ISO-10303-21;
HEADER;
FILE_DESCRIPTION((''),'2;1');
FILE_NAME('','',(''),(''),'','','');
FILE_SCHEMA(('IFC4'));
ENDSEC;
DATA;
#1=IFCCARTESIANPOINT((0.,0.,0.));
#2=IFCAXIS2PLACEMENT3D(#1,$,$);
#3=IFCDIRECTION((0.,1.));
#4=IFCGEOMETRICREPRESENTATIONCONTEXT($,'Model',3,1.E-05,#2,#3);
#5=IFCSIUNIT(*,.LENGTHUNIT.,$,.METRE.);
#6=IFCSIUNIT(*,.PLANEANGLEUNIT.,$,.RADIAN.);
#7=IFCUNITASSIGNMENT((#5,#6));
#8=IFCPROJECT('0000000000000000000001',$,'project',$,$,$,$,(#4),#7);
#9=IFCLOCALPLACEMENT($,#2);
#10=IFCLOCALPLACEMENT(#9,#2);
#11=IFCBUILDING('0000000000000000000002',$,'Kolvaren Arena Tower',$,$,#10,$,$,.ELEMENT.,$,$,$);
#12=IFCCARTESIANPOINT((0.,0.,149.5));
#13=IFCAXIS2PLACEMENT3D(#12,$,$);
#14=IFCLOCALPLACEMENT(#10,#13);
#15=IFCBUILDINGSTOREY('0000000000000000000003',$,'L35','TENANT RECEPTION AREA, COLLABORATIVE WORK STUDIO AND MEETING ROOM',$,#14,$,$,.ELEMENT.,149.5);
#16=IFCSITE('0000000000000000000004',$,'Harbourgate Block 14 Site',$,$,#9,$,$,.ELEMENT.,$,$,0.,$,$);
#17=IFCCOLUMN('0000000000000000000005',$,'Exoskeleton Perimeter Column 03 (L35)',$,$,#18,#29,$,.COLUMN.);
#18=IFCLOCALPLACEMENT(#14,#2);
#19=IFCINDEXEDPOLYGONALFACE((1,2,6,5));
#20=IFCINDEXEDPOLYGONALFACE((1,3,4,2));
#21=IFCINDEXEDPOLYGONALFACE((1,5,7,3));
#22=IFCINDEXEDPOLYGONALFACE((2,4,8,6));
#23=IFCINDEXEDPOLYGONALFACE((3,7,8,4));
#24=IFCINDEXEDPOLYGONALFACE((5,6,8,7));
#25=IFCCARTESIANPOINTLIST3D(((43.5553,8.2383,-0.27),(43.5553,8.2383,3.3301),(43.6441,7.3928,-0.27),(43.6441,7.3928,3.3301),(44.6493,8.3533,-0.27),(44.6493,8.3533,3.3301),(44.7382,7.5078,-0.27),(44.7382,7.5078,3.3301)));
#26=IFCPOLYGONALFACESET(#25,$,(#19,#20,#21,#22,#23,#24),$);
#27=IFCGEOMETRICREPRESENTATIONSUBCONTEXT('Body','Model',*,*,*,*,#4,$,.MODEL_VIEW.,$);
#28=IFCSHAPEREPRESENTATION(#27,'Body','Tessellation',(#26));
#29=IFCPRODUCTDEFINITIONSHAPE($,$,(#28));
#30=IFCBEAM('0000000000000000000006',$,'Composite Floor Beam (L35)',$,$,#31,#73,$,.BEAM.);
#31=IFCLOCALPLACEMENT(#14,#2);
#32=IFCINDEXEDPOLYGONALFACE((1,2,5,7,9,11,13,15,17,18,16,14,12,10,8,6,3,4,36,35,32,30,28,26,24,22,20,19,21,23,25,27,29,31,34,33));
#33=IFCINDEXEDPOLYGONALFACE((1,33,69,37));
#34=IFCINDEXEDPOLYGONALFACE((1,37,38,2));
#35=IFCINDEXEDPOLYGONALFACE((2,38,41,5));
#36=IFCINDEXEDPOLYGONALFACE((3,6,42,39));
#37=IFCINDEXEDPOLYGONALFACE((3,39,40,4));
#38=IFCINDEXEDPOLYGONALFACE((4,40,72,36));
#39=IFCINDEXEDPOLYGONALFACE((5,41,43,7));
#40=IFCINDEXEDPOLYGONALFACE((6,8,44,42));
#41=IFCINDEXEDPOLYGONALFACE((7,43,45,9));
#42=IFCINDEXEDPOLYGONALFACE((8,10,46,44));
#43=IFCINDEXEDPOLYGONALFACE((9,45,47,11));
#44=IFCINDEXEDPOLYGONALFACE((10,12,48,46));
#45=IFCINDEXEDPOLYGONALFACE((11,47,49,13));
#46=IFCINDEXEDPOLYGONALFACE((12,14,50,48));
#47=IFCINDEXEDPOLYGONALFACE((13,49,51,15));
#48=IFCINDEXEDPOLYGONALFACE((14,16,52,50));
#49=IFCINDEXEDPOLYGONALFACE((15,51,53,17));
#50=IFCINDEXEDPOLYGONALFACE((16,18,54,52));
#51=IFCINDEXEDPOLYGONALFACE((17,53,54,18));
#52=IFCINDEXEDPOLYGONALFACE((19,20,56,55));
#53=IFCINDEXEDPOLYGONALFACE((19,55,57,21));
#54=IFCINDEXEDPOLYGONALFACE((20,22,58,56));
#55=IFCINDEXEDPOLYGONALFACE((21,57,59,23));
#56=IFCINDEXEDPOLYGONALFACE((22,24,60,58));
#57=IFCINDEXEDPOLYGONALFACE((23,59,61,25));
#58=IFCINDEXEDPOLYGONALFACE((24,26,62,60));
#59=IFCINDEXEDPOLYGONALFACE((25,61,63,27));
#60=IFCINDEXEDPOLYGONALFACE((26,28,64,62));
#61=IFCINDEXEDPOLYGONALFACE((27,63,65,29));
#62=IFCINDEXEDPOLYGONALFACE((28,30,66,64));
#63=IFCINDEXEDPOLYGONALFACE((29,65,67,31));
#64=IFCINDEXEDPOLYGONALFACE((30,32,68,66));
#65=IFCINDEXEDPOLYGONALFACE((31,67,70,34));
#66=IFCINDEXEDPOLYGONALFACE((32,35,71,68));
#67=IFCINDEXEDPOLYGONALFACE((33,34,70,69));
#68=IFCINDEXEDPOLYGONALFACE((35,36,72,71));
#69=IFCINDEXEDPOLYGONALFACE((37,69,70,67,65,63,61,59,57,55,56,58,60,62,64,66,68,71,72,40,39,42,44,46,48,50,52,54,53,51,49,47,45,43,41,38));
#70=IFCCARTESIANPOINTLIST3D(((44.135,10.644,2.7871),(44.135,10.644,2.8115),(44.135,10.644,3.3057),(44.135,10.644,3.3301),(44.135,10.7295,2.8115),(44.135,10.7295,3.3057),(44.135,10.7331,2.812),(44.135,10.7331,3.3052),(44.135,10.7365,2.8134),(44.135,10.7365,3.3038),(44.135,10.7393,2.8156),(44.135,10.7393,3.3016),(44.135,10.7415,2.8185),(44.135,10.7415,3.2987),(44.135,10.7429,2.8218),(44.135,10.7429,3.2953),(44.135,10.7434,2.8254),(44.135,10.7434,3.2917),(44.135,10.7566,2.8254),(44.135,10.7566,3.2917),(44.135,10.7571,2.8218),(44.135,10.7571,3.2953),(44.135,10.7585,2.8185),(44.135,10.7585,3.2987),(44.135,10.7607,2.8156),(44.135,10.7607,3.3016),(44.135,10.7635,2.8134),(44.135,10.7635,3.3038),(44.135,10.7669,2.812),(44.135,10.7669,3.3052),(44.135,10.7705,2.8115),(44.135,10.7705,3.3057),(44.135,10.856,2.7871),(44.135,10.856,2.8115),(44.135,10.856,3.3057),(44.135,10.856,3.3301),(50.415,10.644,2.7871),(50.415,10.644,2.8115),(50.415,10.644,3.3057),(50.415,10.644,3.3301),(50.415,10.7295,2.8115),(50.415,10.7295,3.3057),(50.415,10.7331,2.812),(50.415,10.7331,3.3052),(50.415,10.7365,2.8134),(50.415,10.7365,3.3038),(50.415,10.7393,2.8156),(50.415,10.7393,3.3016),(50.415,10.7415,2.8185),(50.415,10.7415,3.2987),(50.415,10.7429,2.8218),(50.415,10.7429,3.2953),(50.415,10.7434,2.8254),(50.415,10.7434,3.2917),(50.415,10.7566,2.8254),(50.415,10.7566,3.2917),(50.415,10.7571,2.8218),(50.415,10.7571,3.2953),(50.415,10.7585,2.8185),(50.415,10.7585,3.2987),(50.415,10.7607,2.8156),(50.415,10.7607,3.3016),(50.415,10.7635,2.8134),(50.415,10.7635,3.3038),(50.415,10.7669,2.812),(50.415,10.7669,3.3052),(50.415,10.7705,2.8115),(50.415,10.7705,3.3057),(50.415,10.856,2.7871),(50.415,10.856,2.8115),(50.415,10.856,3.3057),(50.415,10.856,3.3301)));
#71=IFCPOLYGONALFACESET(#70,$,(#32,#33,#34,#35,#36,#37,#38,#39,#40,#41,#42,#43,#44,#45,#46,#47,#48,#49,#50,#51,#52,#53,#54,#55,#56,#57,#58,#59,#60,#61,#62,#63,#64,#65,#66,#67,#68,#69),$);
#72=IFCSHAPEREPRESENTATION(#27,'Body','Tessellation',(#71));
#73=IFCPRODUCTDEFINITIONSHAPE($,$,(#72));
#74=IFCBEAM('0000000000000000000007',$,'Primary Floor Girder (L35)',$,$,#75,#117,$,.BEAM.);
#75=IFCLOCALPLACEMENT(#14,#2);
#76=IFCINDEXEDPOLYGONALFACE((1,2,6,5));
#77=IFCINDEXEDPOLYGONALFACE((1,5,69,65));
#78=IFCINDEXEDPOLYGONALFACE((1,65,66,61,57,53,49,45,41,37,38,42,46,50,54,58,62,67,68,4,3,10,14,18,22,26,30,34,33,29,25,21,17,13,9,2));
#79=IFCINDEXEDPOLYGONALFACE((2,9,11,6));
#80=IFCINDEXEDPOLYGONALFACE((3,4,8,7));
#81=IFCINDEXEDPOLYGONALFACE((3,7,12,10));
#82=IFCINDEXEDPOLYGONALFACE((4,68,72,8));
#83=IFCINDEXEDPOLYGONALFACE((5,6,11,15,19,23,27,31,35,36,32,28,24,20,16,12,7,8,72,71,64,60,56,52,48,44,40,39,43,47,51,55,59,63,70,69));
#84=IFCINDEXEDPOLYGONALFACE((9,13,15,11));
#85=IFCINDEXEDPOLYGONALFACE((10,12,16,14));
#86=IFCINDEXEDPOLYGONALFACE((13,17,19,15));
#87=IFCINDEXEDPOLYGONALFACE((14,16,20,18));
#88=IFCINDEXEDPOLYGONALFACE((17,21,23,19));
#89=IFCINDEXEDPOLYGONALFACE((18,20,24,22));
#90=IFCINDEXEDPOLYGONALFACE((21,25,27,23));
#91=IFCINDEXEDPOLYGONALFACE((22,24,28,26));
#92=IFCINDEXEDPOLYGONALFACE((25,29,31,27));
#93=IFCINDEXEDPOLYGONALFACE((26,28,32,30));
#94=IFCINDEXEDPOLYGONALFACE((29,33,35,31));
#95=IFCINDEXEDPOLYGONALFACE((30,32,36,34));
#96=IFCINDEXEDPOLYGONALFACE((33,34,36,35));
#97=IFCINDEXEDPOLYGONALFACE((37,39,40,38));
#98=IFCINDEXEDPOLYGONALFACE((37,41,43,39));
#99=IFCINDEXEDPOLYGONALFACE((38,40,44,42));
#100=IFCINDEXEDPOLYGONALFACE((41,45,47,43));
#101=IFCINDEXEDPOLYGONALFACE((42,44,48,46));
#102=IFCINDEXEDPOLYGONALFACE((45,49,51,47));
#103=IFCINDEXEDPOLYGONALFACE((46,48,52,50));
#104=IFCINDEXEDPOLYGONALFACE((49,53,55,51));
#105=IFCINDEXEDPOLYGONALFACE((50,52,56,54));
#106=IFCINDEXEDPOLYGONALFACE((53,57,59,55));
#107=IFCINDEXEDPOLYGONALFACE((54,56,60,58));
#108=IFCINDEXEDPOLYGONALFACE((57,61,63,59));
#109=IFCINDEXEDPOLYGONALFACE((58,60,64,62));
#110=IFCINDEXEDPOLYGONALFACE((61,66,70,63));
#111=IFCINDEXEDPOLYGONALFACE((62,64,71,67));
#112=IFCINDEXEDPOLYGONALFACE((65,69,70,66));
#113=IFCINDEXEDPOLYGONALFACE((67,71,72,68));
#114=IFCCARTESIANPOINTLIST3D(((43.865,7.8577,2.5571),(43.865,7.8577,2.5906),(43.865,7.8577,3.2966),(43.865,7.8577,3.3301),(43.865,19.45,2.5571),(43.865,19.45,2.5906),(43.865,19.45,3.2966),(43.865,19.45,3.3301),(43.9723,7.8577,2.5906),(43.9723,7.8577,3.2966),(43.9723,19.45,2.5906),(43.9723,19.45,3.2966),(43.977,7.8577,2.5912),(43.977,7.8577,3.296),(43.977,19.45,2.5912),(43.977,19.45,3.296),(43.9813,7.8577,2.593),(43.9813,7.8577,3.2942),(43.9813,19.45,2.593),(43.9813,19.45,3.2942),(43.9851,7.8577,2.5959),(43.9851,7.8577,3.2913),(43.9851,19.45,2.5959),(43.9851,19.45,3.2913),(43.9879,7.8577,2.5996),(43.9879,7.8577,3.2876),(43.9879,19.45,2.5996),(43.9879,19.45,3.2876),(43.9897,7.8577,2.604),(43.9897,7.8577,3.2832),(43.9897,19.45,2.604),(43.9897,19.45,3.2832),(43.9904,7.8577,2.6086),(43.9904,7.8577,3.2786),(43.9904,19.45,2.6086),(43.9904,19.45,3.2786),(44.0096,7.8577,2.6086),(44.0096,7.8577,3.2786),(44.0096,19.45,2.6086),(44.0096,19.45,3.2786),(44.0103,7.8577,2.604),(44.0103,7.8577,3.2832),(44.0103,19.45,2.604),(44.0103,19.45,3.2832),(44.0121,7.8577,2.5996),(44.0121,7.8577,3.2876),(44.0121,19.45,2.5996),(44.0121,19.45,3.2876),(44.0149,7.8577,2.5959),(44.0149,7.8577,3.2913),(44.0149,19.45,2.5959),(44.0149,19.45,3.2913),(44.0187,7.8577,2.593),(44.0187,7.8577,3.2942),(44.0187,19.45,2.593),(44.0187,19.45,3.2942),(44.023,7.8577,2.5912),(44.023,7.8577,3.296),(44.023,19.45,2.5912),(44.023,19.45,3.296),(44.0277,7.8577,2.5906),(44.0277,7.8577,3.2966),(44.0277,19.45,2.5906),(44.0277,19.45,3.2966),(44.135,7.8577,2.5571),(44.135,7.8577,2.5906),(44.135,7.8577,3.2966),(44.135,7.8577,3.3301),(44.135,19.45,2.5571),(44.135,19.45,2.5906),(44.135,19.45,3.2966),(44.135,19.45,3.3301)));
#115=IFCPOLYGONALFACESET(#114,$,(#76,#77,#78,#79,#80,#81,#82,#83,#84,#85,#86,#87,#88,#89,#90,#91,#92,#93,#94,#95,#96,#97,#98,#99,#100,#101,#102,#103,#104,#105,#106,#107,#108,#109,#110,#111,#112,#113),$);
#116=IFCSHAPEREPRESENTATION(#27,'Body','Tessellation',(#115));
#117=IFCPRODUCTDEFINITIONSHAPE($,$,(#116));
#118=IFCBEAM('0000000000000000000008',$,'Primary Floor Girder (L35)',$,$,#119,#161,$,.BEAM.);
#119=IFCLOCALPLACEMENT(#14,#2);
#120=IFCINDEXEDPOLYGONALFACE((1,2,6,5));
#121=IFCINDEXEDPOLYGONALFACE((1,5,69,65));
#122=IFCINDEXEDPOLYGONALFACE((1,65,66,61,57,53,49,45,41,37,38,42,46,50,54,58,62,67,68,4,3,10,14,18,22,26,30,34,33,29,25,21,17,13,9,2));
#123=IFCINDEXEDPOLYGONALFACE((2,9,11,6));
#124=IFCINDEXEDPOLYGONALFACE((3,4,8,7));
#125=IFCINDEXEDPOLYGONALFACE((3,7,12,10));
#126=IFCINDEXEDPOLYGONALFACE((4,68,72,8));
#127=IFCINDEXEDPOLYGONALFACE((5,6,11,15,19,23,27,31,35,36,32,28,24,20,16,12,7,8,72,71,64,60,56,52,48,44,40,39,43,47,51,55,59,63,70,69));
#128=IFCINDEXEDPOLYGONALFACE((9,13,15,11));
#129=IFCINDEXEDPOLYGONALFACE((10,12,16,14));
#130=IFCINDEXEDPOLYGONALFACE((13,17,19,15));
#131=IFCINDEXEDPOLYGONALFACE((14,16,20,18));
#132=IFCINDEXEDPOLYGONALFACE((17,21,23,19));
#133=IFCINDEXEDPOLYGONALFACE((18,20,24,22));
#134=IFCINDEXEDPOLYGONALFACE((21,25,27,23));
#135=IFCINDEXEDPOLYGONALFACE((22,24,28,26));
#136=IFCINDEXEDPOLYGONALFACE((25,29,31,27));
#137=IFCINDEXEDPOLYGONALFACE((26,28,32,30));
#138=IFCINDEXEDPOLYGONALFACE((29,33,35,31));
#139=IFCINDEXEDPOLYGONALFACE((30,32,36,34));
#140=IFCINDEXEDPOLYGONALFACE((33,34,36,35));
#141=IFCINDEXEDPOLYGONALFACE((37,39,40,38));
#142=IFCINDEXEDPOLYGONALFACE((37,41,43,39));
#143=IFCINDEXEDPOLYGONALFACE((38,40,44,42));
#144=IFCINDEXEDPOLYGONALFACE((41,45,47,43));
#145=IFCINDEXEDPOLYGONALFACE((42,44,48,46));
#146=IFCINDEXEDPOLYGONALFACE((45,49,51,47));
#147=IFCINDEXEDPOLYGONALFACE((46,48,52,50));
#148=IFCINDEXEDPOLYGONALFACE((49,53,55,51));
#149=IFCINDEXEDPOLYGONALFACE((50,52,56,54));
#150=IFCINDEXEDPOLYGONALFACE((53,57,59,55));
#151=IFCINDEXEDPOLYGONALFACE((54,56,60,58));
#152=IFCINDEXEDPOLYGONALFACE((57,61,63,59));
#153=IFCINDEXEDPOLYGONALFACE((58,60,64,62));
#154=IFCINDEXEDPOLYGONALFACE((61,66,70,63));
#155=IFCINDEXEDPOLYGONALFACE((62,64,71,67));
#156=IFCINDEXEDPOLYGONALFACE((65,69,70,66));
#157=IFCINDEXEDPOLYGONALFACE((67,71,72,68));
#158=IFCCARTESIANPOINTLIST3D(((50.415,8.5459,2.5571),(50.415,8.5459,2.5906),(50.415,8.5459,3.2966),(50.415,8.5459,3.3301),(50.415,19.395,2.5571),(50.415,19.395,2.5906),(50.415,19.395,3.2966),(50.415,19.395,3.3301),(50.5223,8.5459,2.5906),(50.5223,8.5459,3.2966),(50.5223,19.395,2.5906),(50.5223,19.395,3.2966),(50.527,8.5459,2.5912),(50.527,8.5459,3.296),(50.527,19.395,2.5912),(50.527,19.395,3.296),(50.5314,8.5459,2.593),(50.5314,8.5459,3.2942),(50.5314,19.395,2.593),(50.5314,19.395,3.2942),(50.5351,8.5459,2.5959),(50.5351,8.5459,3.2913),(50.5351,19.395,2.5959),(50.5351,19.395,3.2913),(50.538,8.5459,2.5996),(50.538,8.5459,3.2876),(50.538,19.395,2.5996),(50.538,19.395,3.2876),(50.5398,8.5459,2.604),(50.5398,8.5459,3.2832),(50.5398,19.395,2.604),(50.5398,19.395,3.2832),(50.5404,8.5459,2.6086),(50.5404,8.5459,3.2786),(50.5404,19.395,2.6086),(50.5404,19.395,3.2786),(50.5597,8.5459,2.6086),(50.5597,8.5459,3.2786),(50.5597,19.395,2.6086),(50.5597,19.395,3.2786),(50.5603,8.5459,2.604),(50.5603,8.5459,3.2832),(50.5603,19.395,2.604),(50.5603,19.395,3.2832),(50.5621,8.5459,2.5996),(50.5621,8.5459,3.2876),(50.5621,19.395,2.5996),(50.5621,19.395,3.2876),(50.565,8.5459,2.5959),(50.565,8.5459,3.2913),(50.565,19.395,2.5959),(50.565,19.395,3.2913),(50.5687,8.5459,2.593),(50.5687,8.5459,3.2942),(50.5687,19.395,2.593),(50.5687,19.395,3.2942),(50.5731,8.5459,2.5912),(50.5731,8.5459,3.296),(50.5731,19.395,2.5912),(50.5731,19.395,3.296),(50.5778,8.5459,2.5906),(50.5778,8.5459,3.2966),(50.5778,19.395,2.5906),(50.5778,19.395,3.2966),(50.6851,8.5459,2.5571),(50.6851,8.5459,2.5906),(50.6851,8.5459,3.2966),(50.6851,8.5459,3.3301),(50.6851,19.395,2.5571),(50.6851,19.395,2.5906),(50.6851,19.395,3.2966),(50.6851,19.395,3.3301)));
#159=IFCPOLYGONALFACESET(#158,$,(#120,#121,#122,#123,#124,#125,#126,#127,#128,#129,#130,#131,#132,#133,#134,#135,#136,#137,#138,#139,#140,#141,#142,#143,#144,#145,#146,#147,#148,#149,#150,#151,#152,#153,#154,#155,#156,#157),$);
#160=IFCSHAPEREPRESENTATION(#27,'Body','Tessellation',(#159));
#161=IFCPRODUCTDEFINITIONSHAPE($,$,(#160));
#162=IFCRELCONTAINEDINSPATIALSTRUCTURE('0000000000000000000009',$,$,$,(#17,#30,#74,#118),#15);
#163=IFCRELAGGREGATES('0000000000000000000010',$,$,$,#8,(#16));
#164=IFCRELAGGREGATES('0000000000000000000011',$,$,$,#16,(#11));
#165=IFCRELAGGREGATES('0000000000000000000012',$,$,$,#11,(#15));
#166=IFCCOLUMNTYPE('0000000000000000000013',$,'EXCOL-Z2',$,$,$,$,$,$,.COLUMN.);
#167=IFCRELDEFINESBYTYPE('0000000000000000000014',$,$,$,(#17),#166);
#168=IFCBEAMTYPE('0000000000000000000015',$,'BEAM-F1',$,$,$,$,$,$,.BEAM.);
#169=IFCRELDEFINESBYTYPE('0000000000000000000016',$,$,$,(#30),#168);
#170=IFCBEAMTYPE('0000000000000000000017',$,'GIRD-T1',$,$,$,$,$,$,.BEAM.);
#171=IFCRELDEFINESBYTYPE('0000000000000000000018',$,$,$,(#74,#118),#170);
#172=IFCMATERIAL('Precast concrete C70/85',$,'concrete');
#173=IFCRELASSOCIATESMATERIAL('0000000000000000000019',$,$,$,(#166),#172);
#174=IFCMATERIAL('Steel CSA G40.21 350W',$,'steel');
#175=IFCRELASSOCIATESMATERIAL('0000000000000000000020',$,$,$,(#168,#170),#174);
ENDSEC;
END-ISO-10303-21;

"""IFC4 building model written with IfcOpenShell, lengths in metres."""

from ifc_helpers import new_model, si_unit, direction, frame, origin, origin_2d, place, context, subcontext, project, spatial, rectangle, i_section, extrude, material, material_profile, profile_set, type_object, element, save


model = new_model("IFC4")

# Units and contexts
model_context = context("Model", 3, precision=1e-05, world=origin(), true_north=direction((0.0, 1.0)))
body_context = subcontext(model_context, "Body", "Model", "MODEL_VIEW")
ifc_project = project(units=[si_unit("LENGTHUNIT", "METRE"), si_unit("PLANEANGLEUNIT", "RADIAN")], contexts=[model_context])

# Site, building, storey
site_placement = place(None, origin())
site = spatial("IfcSite", under=ifc_project, at=site_placement, Name="Harbourgate Block 14 Site", CompositionType="ELEMENT", RefElevation=0.0)
building_placement = place(site_placement, origin())
building = spatial("IfcBuilding", under=site, at=building_placement, Name="Kolvaren Arena Tower", CompositionType="ELEMENT")
storey_placement = place(building_placement, frame((0.0, 0.0, 149.5)))
storey = spatial("IfcBuildingStorey", under=building, at=storey_placement, Name="L35", Description="TENANT RECEPTION AREA, COLLABORATIVE WORK STUDIO AND MEETING ROOM", CompositionType="ELEMENT", Elevation=149.5)

# Column
ifc_material_1 = material(Name="Precast concrete C70/85", Category="concrete")
ifc_material_profile_1 = material_profile(ifc_material_1, rectangle(XDim=1.1001, YDim=0.8501, at=origin_2d()), Name="RC-1100x850")
ifc_profile_set_1 = profile_set([ifc_material_profile_1], Name="Precast concrete C70/85")
column_type = type_object("IfcColumnType", Name="EXCOL-Z2", PredefinedType="COLUMN", material=ifc_profile_set_1)
column_placement = place(storey_placement, frame((44.1467, 7.873, -0.27), z_axis=(0.0, 0.0, 1.0), x_axis=(0.994522, 0.104528, 0.0)))
element("IfcColumn", 1, at=column_placement, inside=storey, type_object=column_type, Name="Exoskeleton Perimeter Column 03 (L35)", PredefinedType="COLUMN", context=body_context, shape_type="SweptSolid", body=[
    extrude(rectangle(XDim=1.1001, YDim=0.8501, at=origin_2d()), origin(), (0.0, 0.0, 1.0), 3.6001),
])

# Beams
ifc_material_2 = material(Name="Steel CSA G40.21 350W", Category="steel")
ifc_material_profile_2 = material_profile(ifc_material_2, i_section(OverallWidth=0.2119, OverallDepth=0.543, WebThickness=0.0132, FlangeThickness=0.0244, FilletRadius=0.0139, at=origin_2d()), Name="W530x150")
ifc_profile_set_2 = profile_set([ifc_material_profile_2], Name="Steel CSA G40.21 350W")
beam_type_1 = type_object("IfcBeamType", Name="BEAM-F1", PredefinedType="BEAM", material=ifc_profile_set_2)
beam_1_placement = place(storey_placement, frame((44.135, 10.75, 3.0586), z_axis=(1.0, 0.0, 0.0), x_axis=(0.0, 1.0, 0.0)))
element("IfcBeam", 2, at=beam_1_placement, inside=storey, type_object=beam_type_1, Name="Composite Floor Beam (L35)", PredefinedType="BEAM", context=body_context, shape_type="SweptSolid", body=[
    extrude(i_section(OverallWidth=0.2119, OverallDepth=0.543, WebThickness=0.0132, FlangeThickness=0.0244, FilletRadius=0.0139, at=origin_2d()), origin(), (0.0, 0.0, 1.0), 6.28),
])
ifc_material_profile_3 = material_profile(ifc_material_2, i_section(OverallWidth=0.27, OverallDepth=0.7729, WebThickness=0.0193, FlangeThickness=0.0334, FilletRadius=0.0181, at=origin_2d()), Name="W760x257")
ifc_profile_set_3 = profile_set([ifc_material_profile_3], Name="Steel CSA G40.21 350W")
beam_type_2 = type_object("IfcBeamType", Name="GIRD-T1", PredefinedType="BEAM", material=ifc_profile_set_3)
beam_2_placement = place(storey_placement, frame((44.0, 7.8577, 2.9436), z_axis=(0.0, 1.0, 0.0), x_axis=(-1.0, 0.0, 0.0)))
element("IfcBeam", 3, at=beam_2_placement, inside=storey, type_object=beam_type_2, Name="Primary Floor Girder (L35)", PredefinedType="BEAM", context=body_context, shape_type="SweptSolid", body=[
    extrude(i_section(OverallWidth=0.27, OverallDepth=0.7729, WebThickness=0.0193, FlangeThickness=0.0334, FilletRadius=0.0181, at=origin_2d()), origin(), (0.0, 0.0, 1.0), 11.5923),
])
beam_3_placement = place(storey_placement, frame((50.55, 8.5459, 2.9436), z_axis=(0.0, 1.0, 0.0), x_axis=(-1.0, 0.0, 0.0)))
element("IfcBeam", 4, at=beam_3_placement, inside=storey, type_object=beam_type_2, Name="Primary Floor Girder (L35)", PredefinedType="BEAM", context=body_context, shape_type="SweptSolid", body=[
    extrude(i_section(OverallWidth=0.27, OverallDepth=0.7729, WebThickness=0.0193, FlangeThickness=0.0334, FilletRadius=0.0181, at=origin_2d()), origin(), (0.0, 0.0, 1.0), 10.8491),
])

save(model, "model.ifc")
